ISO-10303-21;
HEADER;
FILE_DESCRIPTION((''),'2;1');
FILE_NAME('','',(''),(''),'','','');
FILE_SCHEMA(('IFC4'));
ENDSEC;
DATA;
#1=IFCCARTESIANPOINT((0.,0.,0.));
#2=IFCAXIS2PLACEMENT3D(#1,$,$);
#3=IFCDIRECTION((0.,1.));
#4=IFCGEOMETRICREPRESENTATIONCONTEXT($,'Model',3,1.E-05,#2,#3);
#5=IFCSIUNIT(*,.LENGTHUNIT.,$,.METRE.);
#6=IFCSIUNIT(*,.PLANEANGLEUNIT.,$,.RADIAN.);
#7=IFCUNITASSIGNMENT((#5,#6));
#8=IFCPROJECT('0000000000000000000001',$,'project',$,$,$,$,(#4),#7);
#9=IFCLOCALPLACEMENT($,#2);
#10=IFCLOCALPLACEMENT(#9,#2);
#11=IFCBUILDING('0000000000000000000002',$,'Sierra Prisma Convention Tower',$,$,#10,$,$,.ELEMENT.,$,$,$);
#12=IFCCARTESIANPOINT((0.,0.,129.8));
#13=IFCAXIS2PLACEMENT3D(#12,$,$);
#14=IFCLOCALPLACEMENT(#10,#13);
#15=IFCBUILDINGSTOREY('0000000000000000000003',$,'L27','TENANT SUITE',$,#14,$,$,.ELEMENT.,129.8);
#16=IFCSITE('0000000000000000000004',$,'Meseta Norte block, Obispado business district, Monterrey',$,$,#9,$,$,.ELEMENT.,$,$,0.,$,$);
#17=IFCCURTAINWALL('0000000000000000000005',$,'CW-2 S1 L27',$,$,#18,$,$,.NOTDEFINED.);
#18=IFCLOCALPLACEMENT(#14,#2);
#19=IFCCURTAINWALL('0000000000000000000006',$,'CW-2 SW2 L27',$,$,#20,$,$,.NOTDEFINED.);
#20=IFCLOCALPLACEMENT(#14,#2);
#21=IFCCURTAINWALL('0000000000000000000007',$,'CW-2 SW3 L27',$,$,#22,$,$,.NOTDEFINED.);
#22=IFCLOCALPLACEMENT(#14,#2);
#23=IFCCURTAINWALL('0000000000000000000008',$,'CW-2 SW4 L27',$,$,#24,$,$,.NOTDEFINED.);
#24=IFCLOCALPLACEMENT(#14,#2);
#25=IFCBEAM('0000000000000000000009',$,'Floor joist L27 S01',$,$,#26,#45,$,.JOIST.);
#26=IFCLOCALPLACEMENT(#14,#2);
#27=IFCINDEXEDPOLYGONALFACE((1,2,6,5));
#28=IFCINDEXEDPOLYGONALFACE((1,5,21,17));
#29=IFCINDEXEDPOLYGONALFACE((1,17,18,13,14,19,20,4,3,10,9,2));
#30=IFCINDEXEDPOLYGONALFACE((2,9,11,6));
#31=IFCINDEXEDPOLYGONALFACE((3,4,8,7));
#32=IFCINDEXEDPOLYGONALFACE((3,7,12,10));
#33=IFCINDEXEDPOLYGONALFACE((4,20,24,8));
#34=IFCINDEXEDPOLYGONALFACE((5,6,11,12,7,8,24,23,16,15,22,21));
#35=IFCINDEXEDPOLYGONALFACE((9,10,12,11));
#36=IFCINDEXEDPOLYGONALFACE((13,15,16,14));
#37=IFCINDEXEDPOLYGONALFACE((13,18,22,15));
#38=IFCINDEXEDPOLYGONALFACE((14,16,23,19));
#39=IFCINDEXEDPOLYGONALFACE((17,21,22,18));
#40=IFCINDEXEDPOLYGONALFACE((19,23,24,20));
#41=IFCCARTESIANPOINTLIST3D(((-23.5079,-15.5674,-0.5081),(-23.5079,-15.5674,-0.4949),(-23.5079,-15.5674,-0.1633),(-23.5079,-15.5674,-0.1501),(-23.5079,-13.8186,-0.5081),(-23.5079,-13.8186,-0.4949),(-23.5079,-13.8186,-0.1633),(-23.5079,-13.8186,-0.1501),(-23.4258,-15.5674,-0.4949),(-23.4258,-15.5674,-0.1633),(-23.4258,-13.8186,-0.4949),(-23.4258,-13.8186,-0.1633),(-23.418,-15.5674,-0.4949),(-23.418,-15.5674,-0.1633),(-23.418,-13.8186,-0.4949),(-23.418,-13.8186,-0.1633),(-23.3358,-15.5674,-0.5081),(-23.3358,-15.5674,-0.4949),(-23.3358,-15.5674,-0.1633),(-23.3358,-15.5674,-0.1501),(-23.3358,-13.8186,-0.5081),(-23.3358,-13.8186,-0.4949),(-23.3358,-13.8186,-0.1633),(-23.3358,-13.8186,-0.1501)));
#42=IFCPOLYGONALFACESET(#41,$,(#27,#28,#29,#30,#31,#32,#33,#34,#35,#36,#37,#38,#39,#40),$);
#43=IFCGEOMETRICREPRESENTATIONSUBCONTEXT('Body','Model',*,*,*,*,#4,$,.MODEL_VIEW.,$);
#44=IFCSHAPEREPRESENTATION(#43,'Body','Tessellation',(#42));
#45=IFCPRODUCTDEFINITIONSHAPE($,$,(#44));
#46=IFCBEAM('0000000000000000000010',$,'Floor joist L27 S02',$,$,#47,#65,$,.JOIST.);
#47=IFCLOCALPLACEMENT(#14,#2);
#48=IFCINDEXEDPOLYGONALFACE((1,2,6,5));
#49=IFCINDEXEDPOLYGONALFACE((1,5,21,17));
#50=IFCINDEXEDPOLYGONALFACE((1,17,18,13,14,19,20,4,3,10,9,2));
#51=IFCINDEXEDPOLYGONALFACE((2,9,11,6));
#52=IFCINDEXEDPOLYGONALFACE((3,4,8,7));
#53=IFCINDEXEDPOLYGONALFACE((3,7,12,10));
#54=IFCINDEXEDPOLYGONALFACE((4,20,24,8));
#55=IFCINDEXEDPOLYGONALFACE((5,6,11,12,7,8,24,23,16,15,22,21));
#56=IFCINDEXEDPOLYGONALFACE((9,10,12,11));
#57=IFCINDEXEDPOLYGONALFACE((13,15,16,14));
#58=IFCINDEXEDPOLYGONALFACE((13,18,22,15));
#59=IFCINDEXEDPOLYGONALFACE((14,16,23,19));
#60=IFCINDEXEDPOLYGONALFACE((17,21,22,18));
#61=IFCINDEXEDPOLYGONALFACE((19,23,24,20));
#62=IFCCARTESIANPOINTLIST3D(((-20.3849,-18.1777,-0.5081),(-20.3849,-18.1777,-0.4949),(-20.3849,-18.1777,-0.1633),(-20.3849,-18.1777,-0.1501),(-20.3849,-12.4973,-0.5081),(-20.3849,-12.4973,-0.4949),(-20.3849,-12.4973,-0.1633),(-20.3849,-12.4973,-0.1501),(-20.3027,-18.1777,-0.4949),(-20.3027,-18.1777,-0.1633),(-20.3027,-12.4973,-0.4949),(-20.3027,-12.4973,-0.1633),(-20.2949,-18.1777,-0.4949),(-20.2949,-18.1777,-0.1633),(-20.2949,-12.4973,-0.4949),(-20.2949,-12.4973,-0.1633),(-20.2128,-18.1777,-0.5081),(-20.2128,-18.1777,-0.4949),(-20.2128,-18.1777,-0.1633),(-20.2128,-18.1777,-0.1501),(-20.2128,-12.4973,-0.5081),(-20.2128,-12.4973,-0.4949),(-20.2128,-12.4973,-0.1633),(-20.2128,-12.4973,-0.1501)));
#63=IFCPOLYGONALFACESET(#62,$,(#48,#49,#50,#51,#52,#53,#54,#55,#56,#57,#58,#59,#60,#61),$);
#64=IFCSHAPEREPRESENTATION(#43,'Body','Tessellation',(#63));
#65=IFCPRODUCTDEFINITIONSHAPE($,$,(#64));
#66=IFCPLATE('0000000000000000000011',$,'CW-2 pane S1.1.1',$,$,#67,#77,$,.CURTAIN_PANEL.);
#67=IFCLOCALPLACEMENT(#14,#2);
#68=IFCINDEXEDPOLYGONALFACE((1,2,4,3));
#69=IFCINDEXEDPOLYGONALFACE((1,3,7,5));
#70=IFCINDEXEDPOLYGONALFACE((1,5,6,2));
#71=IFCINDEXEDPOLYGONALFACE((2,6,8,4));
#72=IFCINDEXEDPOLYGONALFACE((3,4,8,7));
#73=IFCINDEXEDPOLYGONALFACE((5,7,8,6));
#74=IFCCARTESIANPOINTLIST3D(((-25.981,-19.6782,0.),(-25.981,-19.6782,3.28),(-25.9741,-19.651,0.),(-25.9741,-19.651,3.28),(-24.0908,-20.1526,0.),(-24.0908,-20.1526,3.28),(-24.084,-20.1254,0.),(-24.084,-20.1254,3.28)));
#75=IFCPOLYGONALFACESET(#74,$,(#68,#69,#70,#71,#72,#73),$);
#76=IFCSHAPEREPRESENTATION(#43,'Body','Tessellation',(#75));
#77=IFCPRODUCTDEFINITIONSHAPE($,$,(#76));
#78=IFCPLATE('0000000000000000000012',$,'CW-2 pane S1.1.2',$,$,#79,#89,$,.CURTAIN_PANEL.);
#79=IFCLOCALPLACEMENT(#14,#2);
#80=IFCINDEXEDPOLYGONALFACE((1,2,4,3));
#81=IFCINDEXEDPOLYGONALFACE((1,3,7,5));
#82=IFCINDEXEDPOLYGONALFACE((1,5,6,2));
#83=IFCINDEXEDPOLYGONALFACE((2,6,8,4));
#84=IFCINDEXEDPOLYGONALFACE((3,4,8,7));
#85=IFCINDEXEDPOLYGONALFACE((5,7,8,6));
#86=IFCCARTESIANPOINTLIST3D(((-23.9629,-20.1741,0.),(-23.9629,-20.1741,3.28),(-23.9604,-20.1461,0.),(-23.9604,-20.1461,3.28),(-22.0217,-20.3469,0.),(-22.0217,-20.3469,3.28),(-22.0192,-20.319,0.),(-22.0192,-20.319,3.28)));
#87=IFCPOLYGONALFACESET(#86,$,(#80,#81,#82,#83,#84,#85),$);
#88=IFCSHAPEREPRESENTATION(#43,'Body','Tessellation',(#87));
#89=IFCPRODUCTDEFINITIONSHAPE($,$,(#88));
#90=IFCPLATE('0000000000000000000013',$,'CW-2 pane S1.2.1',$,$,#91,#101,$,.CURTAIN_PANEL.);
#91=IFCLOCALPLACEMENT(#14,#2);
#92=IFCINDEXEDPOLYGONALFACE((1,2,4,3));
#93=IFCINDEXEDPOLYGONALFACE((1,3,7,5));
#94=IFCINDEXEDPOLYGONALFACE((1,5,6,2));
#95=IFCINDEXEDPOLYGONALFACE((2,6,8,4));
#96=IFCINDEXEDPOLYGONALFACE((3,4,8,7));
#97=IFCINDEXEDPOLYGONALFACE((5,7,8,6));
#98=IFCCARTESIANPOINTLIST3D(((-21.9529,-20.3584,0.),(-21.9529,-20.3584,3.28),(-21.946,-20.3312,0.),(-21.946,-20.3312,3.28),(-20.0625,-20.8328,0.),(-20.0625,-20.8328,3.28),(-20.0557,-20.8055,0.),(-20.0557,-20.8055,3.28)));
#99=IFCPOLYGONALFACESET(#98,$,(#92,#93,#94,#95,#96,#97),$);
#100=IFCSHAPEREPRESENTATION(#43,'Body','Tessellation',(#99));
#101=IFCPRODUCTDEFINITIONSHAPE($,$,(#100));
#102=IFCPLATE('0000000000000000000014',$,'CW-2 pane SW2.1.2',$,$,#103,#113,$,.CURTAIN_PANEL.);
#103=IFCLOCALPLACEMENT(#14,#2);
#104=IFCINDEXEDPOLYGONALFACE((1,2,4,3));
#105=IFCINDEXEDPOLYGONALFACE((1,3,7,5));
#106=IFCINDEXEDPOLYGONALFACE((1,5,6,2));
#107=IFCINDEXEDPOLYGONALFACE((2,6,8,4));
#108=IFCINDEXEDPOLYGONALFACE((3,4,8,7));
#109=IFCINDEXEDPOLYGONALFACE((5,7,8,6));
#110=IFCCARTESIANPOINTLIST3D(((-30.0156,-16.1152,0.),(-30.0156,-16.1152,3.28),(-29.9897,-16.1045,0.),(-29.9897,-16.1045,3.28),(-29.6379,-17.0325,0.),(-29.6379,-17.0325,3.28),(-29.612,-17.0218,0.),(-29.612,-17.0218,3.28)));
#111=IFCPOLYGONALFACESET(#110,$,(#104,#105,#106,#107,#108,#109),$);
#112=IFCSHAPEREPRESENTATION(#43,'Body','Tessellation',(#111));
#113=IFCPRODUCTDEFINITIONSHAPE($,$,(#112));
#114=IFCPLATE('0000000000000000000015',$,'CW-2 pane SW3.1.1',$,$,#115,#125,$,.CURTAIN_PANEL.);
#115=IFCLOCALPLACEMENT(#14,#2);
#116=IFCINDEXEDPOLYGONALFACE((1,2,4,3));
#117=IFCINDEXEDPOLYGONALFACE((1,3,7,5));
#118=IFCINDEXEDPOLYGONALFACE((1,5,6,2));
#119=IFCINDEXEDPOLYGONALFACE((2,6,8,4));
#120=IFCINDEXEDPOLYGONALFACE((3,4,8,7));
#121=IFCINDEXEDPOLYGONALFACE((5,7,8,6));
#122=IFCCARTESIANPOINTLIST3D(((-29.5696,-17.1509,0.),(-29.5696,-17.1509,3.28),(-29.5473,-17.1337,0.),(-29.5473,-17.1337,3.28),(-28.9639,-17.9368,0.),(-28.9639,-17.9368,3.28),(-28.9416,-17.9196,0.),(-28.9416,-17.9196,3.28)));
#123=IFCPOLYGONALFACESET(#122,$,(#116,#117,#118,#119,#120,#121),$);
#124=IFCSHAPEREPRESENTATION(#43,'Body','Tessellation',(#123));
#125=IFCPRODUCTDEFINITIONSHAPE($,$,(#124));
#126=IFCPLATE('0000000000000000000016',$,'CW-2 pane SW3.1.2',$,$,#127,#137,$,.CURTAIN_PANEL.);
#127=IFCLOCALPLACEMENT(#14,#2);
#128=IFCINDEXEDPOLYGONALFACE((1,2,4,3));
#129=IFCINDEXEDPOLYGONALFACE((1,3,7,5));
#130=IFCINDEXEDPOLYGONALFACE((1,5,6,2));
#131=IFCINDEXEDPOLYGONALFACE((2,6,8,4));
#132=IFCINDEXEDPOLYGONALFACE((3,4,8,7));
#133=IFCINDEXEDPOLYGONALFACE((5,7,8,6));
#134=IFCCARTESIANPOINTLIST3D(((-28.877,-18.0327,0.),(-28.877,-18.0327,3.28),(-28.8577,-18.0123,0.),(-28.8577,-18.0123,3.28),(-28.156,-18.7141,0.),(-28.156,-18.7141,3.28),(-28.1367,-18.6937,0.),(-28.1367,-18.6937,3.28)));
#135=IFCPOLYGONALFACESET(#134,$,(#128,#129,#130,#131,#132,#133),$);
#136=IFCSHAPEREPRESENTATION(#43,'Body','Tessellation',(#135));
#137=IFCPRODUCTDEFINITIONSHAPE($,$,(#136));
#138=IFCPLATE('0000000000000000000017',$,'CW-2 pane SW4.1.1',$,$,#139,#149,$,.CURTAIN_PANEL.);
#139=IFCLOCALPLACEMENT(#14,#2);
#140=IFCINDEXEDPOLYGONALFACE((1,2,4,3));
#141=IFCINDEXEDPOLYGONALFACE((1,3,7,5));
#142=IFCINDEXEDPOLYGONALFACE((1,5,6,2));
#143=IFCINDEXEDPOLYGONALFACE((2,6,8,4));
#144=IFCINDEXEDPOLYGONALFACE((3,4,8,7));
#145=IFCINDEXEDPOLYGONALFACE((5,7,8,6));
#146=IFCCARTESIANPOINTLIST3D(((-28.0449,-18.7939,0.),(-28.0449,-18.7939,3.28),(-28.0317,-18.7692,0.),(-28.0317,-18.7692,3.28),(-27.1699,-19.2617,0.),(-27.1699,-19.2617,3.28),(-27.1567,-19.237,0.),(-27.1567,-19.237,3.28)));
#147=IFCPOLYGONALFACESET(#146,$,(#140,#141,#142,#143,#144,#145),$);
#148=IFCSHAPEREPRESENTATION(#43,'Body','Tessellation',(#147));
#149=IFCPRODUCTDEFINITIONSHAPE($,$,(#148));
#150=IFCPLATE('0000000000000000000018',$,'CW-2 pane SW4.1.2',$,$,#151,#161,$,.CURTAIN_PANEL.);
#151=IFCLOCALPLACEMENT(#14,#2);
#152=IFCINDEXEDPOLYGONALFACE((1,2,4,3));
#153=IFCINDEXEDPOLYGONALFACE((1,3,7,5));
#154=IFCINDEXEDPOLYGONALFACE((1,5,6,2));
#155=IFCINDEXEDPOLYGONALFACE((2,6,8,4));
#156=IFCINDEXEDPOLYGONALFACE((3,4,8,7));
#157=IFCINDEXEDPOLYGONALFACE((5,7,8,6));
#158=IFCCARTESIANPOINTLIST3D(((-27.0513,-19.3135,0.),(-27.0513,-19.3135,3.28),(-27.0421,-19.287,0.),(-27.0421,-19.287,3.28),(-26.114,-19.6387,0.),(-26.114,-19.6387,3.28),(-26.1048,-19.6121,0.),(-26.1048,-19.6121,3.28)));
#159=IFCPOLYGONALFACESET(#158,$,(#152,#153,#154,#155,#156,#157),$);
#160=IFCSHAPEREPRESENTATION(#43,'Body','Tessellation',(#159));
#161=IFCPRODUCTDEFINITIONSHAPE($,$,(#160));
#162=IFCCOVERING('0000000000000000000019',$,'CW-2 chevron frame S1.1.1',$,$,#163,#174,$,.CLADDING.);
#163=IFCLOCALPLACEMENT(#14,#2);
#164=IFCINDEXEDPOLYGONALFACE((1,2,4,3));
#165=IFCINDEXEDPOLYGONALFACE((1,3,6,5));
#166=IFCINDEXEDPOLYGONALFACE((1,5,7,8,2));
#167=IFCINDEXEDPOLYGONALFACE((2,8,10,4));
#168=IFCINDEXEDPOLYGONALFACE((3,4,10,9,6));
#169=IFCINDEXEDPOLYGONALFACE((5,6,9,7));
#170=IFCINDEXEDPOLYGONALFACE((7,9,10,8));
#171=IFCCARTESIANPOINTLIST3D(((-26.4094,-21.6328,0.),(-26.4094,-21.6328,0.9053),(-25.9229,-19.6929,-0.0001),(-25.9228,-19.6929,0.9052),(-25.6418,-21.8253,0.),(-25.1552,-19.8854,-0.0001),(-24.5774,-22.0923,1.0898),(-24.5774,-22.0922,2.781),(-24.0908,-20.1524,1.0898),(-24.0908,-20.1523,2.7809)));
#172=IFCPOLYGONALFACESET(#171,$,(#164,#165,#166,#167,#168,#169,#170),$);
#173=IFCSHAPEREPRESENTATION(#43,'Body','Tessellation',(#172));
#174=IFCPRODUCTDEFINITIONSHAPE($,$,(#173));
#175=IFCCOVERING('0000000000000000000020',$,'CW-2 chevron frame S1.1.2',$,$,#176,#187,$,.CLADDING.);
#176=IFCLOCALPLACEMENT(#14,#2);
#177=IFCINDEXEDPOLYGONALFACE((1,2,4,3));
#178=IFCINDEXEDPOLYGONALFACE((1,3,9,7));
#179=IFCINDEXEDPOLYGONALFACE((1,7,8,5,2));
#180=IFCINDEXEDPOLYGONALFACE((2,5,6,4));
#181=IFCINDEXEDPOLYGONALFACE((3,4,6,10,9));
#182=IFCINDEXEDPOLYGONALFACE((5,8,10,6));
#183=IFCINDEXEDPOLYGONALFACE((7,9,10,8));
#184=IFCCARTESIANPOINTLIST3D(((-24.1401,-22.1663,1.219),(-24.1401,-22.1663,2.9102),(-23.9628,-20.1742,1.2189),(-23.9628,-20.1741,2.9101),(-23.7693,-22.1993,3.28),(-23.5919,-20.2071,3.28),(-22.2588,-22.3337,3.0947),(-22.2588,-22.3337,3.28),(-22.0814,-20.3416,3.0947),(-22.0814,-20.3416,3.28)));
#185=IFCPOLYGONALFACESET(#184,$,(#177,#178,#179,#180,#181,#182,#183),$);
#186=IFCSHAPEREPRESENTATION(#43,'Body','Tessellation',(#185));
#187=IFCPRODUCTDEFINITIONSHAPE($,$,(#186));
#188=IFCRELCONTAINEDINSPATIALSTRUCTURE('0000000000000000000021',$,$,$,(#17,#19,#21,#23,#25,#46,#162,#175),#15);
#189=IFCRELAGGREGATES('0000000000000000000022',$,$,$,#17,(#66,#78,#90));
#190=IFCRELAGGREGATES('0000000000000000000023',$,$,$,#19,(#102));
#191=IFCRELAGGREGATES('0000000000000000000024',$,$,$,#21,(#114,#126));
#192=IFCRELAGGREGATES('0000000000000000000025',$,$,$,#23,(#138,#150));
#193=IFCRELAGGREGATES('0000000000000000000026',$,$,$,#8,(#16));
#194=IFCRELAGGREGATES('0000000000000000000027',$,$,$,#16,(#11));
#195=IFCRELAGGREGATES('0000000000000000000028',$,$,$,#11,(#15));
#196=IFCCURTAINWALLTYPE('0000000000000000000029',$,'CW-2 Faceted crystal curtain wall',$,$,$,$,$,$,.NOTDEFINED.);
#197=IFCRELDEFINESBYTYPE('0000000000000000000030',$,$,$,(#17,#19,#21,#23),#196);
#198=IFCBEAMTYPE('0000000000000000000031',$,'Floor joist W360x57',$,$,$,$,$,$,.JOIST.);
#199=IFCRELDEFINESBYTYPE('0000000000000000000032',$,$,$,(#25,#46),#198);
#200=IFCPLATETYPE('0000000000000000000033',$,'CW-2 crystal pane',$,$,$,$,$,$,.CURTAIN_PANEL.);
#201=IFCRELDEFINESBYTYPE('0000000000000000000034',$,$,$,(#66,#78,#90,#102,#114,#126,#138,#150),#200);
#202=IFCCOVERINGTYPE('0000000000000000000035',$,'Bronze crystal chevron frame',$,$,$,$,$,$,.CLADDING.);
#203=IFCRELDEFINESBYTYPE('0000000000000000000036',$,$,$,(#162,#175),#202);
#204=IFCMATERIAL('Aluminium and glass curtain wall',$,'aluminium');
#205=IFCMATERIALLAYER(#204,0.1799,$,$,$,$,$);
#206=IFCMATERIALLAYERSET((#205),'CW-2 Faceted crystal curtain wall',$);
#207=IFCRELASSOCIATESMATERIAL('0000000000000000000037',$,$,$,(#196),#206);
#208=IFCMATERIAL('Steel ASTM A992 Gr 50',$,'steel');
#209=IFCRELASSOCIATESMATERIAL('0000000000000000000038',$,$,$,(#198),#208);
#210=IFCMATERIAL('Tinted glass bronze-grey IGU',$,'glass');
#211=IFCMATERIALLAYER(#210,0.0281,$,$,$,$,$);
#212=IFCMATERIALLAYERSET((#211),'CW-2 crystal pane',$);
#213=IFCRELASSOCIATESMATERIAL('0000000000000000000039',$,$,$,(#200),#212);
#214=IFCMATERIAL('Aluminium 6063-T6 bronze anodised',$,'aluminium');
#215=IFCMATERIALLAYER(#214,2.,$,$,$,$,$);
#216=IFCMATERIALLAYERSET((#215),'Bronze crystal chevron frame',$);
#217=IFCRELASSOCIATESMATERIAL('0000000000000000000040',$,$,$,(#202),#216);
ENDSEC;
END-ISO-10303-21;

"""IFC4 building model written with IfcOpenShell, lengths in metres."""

from ifc_helpers import new_model, si_unit, direction, frame, origin, origin_2d, place, context, subcontext, project, spatial, polyline, i_section, outline, extrude, material, layer, layer_set, material_profile, profile_set, type_object, element, aggregate, save


model = new_model("IFC4")

# Units and contexts
model_context = context("Model", 3, precision=1e-05, world=origin(), true_north=direction((0.0, 1.0)))
body_context = subcontext(model_context, "Body", "Model", "MODEL_VIEW")
ifc_project = project(units=[si_unit("LENGTHUNIT", "METRE"), si_unit("PLANEANGLEUNIT", "RADIAN")], contexts=[model_context])

# Site, building, storey
site_placement = place(None, origin())
site = spatial("IfcSite", under=ifc_project, at=site_placement, Name="Meseta Norte block, Obispado business district, Monterrey", CompositionType="ELEMENT", RefElevation=0.0)
building_placement = place(site_placement, origin())
building = spatial("IfcBuilding", under=site, at=building_placement, Name="Sierra Prisma Convention Tower", CompositionType="ELEMENT")
storey_placement = place(building_placement, frame((0.0, 0.0, 129.8)))
storey = spatial("IfcBuildingStorey", under=building, at=storey_placement, Name="L27", Description="TENANT SUITE", CompositionType="ELEMENT", Elevation=129.8)

# Curtain wall
ifc_material_1 = material(Name="Aluminium and glass curtain wall", Category="aluminium")
ifc_layer_1 = layer(ifc_material_1, 0.1799)
ifc_layer_set_1 = layer_set([ifc_layer_1], Name="CW-2 Faceted crystal curtain wall")
curtain_wall_type = type_object("IfcCurtainWallType", Name="CW-2 Faceted crystal curtain wall", PredefinedType="NOTDEFINED", material=ifc_layer_set_1)
curtain_wall_1_placement = place(storey_placement, origin())
curtain_wall_1 = element("IfcCurtainWall", 1, at=curtain_wall_1_placement, inside=storey, type_object=curtain_wall_type, Name="CW-2 S1 L27", PredefinedType="NOTDEFINED")

# Curtain walls
curtain_wall_2_placement = place(storey_placement, origin())
curtain_wall_2 = element("IfcCurtainWall", 2, at=curtain_wall_2_placement, inside=storey, type_object=curtain_wall_type, Name="CW-2 SW2 L27", PredefinedType="NOTDEFINED")
curtain_wall_3_placement = place(storey_placement, origin())
curtain_wall_3 = element("IfcCurtainWall", 3, at=curtain_wall_3_placement, inside=storey, type_object=curtain_wall_type, Name="CW-2 SW3 L27", PredefinedType="NOTDEFINED")
curtain_wall_4_placement = place(storey_placement, origin())
curtain_wall_4 = element("IfcCurtainWall", 4, at=curtain_wall_4_placement, inside=storey, type_object=curtain_wall_type, Name="CW-2 SW4 L27", PredefinedType="NOTDEFINED")

# Beams
ifc_material_2 = material(Name="Steel ASTM A992 Gr 50", Category="steel")
ifc_material_profile_1 = material_profile(ifc_material_2, i_section(OverallWidth=0.1721, OverallDepth=0.3579, WebThickness=0.0078, FlangeThickness=0.0132, at=origin_2d()), Name="W360x57")
ifc_profile_set_1 = profile_set([ifc_material_profile_1], Name="Steel ASTM A992 Gr 50")
beam_type = type_object("IfcBeamType", Name="Floor joist W360x57", PredefinedType="JOIST", material=ifc_profile_set_1)
beam_1_placement = place(storey_placement, frame((-23.4219, -15.5674, -0.3291), z_axis=(0.0, 1.0, 0.0), x_axis=(-1.0, 0.0, 0.0)))
element("IfcBeam", 5, at=beam_1_placement, inside=storey, type_object=beam_type, Name="Floor joist L27 S01", PredefinedType="JOIST", context=body_context, shape_type="SweptSolid", body=[
    extrude(i_section(OverallWidth=0.1721, OverallDepth=0.3579, WebThickness=0.0078, FlangeThickness=0.0132, at=origin_2d()), origin(), (0.0, 0.0, 1.0), 1.7488),
])
beam_2_placement = place(storey_placement, frame((-20.2988, -18.1777, -0.3291), z_axis=(0.0, 1.0, 0.0), x_axis=(-1.0, 0.0, 0.0)))
element("IfcBeam", 6, at=beam_2_placement, inside=storey, type_object=beam_type, Name="Floor joist L27 S02", PredefinedType="JOIST", context=body_context, shape_type="SweptSolid", body=[
    extrude(i_section(OverallWidth=0.1721, OverallDepth=0.3579, WebThickness=0.0078, FlangeThickness=0.0132, at=origin_2d()), origin(), (0.0, 0.0, 1.0), 5.6804),
])

# Plates
ifc_material_3 = material(Name="Tinted glass bronze-grey IGU", Category="glass")
ifc_layer_2 = layer(ifc_material_3, 0.0281)
ifc_layer_set_2 = layer_set([ifc_layer_2], Name="CW-2 crystal pane")
plate_type = type_object("IfcPlateType", Name="CW-2 crystal pane", PredefinedType="CURTAIN_PANEL", material=ifc_layer_set_2)
plate_1_placement = place(storey_placement, frame((-25.981, -19.6782, 0.0), z_axis=(-0.24342, -0.969921, 0.0), x_axis=(0.969921, -0.24342, 0.0)))
plate_1 = element("IfcPlate", 7, at=plate_1_placement, type_object=plate_type, Name="CW-2 pane S1.1.1", PredefinedType="CURTAIN_PANEL", context=body_context, shape_type="SweptSolid", body=[
    extrude(outline(polyline([(0.0, 0.0), (1.9488, 0.0), (1.9488, 3.28), (0.0, 3.28), (0.0, 0.0)])), origin(), (0.0, 0.0, -1.0), 0.0281),
])
plate_2_placement = place(storey_placement, frame((-22.0217, -20.3469, 0.0), z_axis=(-0.088694, -0.996059, 0.0), x_axis=(-0.996059, 0.088694, 0.0)))
plate_2 = element("IfcPlate", 8, at=plate_2_placement, type_object=plate_type, Name="CW-2 pane S1.1.2", PredefinedType="CURTAIN_PANEL", context=body_context, shape_type="SweptSolid", body=[
    extrude(outline(polyline([(0.0, 0.0), (1.9488, 0.0), (1.9488, -3.28), (0.0, -3.28), (0.0, 0.0)])), origin(), (0.0, 0.0, -1.0), 0.0281),
])
plate_3_placement = place(storey_placement, frame((-21.9529, -20.3584, 0.0), z_axis=(-0.24339, -0.969928, 0.0), x_axis=(0.969928, -0.24339, 0.0)))
plate_3 = element("IfcPlate", 9, at=plate_3_placement, type_object=plate_type, Name="CW-2 pane S1.2.1", PredefinedType="CURTAIN_PANEL", context=body_context, shape_type="SweptSolid", body=[
    extrude(outline(polyline([(0.0, 0.0), (1.949, 0.0), (1.949, 3.28), (0.0, 3.28), (0.0, 0.0)])), origin(), (0.0, 0.0, -1.0), 0.0281),
])
aggregate(curtain_wall_1, [plate_1, plate_2, plate_3])
plate_4_placement = place(storey_placement, frame((-29.6379, -17.0325, 0.0), z_axis=(-0.924678, -0.38075, 0.0), x_axis=(-0.38075, 0.924678, 0.0)))
plate_4 = element("IfcPlate", 10, at=plate_4_placement, type_object=plate_type, Name="CW-2 pane SW2.1.2", PredefinedType="CURTAIN_PANEL", context=body_context, shape_type="SweptSolid", body=[
    extrude(outline(polyline([(0.0, 0.0), (0.992, 0.0), (0.992, -3.28), (0.0, -3.28), (0.0, 0.0)])), origin(), (0.0, 0.0, -1.0), 0.0281),
])
aggregate(curtain_wall_2, [plate_4])
plate_5_placement = place(storey_placement, frame((-29.5696, -17.1509, 0.0), z_axis=(-0.792047, -0.61046, 0.0), x_axis=(0.61046, -0.792047, 0.0)))
plate_5 = element("IfcPlate", 11, at=plate_5_placement, type_object=plate_type, Name="CW-2 pane SW3.1.1", PredefinedType="CURTAIN_PANEL", context=body_context, shape_type="SweptSolid", body=[
    extrude(outline(polyline([(0.0, 0.0), (0.9922, 0.0), (0.9922, 3.28), (0.0, 3.28), (0.0, 0.0)])), origin(), (0.0, 0.0, -1.0), 0.0281),
])
plate_6_placement = place(storey_placement, frame((-28.156, -18.7141, 0.0), z_axis=(-0.686891, -0.726761, 0.0), x_axis=(-0.726761, 0.686891, 0.0)))
plate_6 = element("IfcPlate", 12, at=plate_6_placement, type_object=plate_type, Name="CW-2 pane SW3.1.2", PredefinedType="CURTAIN_PANEL", context=body_context, shape_type="SweptSolid", body=[
    extrude(outline(polyline([(0.0, 0.0), (0.992, 0.0), (0.992, -3.28), (0.0, -3.28), (0.0, 0.0)])), origin(), (0.0, 0.0, -1.0), 0.0281),
])
aggregate(curtain_wall_3, [plate_5, plate_6])
plate_7_placement = place(storey_placement, frame((-28.0449, -18.7939, 0.0), z_axis=(-0.471456, -0.881889, 0.0), x_axis=(0.881889, -0.471456, 0.0)))
plate_7 = element("IfcPlate", 13, at=plate_7_placement, type_object=plate_type, Name="CW-2 pane SW4.1.1", PredefinedType="CURTAIN_PANEL", context=body_context, shape_type="SweptSolid", body=[
    extrude(outline(polyline([(0.0, 0.0), (0.9922, 0.0), (0.9922, 3.28), (0.0, 3.28), (0.0, 0.0)])), origin(), (0.0, 0.0, -1.0), 0.0281),
])
plate_8_placement = place(storey_placement, frame((-26.114, -19.6387, 0.0), z_axis=(-0.327795, -0.944749, 0.0), x_axis=(-0.944749, 0.327795, 0.0)))
plate_8 = element("IfcPlate", 14, at=plate_8_placement, type_object=plate_type, Name="CW-2 pane SW4.1.2", PredefinedType="CURTAIN_PANEL", context=body_context, shape_type="SweptSolid", body=[
    extrude(outline(polyline([(0.0, 0.0), (0.9921, 0.0), (0.9921, -3.28), (0.0, -3.28), (0.0, 0.0)])), origin(), (0.0, 0.0, -1.0), 0.0281),
])
aggregate(curtain_wall_4, [plate_7, plate_8])

# Coverings
ifc_material_4 = material(Name="Aluminium 6063-T6 bronze anodised", Category="aluminium")
ifc_layer_3 = layer(ifc_material_4, 2.0)
ifc_layer_set_3 = layer_set([ifc_layer_3], Name="Bronze crystal chevron frame")
covering_type = type_object("IfcCoveringType", Name="Bronze crystal chevron frame", PredefinedType="CLADDING", material=ifc_layer_set_3)
covering_1_placement = place(storey_placement, frame((-26.4094, -21.6328, 0.0), z_axis=(-0.243287, -0.969954, 0.000038), x_axis=(0.969954, -0.243287, 0.0)))
element("IfcCovering", 15, at=covering_1_placement, inside=storey, type_object=covering_type, Name="CW-2 chevron frame S1.1.1", PredefinedType="CLADDING", context=body_context, shape_type="SweptSolid", body=[
    extrude(outline(polyline([(0.0, 0.0), (0.7914, 0.0), (1.8888, 1.0898), (1.8888, 2.781), (0.0, 0.9053), (0.0, 0.0)])), origin(), (0.0, 0.0, -1.0), 2.0),
])
covering_2_placement = place(storey_placement, frame((-24.1401, -22.1663, 2.9102), z_axis=(-0.088676, -0.996061, 0.000025), x_axis=(-0.000002, -0.000025, -1.0)))
element("IfcCovering", 16, at=covering_2_placement, inside=storey, type_object=covering_type, Name="CW-2 chevron frame S1.1.2", PredefinedType="CLADDING", context=body_context, shape_type="SweptSolid", body=[
    extrude(outline(polyline([(0.0, 0.0), (1.6912, 0.0), (-0.1846, 1.8888), (-0.3699, 1.8888), (-0.3699, 0.3723), (0.0, 0.0)])), origin(), (0.0, 0.0, -1.0), 2.0),
])

save(model, "model.ifc")
